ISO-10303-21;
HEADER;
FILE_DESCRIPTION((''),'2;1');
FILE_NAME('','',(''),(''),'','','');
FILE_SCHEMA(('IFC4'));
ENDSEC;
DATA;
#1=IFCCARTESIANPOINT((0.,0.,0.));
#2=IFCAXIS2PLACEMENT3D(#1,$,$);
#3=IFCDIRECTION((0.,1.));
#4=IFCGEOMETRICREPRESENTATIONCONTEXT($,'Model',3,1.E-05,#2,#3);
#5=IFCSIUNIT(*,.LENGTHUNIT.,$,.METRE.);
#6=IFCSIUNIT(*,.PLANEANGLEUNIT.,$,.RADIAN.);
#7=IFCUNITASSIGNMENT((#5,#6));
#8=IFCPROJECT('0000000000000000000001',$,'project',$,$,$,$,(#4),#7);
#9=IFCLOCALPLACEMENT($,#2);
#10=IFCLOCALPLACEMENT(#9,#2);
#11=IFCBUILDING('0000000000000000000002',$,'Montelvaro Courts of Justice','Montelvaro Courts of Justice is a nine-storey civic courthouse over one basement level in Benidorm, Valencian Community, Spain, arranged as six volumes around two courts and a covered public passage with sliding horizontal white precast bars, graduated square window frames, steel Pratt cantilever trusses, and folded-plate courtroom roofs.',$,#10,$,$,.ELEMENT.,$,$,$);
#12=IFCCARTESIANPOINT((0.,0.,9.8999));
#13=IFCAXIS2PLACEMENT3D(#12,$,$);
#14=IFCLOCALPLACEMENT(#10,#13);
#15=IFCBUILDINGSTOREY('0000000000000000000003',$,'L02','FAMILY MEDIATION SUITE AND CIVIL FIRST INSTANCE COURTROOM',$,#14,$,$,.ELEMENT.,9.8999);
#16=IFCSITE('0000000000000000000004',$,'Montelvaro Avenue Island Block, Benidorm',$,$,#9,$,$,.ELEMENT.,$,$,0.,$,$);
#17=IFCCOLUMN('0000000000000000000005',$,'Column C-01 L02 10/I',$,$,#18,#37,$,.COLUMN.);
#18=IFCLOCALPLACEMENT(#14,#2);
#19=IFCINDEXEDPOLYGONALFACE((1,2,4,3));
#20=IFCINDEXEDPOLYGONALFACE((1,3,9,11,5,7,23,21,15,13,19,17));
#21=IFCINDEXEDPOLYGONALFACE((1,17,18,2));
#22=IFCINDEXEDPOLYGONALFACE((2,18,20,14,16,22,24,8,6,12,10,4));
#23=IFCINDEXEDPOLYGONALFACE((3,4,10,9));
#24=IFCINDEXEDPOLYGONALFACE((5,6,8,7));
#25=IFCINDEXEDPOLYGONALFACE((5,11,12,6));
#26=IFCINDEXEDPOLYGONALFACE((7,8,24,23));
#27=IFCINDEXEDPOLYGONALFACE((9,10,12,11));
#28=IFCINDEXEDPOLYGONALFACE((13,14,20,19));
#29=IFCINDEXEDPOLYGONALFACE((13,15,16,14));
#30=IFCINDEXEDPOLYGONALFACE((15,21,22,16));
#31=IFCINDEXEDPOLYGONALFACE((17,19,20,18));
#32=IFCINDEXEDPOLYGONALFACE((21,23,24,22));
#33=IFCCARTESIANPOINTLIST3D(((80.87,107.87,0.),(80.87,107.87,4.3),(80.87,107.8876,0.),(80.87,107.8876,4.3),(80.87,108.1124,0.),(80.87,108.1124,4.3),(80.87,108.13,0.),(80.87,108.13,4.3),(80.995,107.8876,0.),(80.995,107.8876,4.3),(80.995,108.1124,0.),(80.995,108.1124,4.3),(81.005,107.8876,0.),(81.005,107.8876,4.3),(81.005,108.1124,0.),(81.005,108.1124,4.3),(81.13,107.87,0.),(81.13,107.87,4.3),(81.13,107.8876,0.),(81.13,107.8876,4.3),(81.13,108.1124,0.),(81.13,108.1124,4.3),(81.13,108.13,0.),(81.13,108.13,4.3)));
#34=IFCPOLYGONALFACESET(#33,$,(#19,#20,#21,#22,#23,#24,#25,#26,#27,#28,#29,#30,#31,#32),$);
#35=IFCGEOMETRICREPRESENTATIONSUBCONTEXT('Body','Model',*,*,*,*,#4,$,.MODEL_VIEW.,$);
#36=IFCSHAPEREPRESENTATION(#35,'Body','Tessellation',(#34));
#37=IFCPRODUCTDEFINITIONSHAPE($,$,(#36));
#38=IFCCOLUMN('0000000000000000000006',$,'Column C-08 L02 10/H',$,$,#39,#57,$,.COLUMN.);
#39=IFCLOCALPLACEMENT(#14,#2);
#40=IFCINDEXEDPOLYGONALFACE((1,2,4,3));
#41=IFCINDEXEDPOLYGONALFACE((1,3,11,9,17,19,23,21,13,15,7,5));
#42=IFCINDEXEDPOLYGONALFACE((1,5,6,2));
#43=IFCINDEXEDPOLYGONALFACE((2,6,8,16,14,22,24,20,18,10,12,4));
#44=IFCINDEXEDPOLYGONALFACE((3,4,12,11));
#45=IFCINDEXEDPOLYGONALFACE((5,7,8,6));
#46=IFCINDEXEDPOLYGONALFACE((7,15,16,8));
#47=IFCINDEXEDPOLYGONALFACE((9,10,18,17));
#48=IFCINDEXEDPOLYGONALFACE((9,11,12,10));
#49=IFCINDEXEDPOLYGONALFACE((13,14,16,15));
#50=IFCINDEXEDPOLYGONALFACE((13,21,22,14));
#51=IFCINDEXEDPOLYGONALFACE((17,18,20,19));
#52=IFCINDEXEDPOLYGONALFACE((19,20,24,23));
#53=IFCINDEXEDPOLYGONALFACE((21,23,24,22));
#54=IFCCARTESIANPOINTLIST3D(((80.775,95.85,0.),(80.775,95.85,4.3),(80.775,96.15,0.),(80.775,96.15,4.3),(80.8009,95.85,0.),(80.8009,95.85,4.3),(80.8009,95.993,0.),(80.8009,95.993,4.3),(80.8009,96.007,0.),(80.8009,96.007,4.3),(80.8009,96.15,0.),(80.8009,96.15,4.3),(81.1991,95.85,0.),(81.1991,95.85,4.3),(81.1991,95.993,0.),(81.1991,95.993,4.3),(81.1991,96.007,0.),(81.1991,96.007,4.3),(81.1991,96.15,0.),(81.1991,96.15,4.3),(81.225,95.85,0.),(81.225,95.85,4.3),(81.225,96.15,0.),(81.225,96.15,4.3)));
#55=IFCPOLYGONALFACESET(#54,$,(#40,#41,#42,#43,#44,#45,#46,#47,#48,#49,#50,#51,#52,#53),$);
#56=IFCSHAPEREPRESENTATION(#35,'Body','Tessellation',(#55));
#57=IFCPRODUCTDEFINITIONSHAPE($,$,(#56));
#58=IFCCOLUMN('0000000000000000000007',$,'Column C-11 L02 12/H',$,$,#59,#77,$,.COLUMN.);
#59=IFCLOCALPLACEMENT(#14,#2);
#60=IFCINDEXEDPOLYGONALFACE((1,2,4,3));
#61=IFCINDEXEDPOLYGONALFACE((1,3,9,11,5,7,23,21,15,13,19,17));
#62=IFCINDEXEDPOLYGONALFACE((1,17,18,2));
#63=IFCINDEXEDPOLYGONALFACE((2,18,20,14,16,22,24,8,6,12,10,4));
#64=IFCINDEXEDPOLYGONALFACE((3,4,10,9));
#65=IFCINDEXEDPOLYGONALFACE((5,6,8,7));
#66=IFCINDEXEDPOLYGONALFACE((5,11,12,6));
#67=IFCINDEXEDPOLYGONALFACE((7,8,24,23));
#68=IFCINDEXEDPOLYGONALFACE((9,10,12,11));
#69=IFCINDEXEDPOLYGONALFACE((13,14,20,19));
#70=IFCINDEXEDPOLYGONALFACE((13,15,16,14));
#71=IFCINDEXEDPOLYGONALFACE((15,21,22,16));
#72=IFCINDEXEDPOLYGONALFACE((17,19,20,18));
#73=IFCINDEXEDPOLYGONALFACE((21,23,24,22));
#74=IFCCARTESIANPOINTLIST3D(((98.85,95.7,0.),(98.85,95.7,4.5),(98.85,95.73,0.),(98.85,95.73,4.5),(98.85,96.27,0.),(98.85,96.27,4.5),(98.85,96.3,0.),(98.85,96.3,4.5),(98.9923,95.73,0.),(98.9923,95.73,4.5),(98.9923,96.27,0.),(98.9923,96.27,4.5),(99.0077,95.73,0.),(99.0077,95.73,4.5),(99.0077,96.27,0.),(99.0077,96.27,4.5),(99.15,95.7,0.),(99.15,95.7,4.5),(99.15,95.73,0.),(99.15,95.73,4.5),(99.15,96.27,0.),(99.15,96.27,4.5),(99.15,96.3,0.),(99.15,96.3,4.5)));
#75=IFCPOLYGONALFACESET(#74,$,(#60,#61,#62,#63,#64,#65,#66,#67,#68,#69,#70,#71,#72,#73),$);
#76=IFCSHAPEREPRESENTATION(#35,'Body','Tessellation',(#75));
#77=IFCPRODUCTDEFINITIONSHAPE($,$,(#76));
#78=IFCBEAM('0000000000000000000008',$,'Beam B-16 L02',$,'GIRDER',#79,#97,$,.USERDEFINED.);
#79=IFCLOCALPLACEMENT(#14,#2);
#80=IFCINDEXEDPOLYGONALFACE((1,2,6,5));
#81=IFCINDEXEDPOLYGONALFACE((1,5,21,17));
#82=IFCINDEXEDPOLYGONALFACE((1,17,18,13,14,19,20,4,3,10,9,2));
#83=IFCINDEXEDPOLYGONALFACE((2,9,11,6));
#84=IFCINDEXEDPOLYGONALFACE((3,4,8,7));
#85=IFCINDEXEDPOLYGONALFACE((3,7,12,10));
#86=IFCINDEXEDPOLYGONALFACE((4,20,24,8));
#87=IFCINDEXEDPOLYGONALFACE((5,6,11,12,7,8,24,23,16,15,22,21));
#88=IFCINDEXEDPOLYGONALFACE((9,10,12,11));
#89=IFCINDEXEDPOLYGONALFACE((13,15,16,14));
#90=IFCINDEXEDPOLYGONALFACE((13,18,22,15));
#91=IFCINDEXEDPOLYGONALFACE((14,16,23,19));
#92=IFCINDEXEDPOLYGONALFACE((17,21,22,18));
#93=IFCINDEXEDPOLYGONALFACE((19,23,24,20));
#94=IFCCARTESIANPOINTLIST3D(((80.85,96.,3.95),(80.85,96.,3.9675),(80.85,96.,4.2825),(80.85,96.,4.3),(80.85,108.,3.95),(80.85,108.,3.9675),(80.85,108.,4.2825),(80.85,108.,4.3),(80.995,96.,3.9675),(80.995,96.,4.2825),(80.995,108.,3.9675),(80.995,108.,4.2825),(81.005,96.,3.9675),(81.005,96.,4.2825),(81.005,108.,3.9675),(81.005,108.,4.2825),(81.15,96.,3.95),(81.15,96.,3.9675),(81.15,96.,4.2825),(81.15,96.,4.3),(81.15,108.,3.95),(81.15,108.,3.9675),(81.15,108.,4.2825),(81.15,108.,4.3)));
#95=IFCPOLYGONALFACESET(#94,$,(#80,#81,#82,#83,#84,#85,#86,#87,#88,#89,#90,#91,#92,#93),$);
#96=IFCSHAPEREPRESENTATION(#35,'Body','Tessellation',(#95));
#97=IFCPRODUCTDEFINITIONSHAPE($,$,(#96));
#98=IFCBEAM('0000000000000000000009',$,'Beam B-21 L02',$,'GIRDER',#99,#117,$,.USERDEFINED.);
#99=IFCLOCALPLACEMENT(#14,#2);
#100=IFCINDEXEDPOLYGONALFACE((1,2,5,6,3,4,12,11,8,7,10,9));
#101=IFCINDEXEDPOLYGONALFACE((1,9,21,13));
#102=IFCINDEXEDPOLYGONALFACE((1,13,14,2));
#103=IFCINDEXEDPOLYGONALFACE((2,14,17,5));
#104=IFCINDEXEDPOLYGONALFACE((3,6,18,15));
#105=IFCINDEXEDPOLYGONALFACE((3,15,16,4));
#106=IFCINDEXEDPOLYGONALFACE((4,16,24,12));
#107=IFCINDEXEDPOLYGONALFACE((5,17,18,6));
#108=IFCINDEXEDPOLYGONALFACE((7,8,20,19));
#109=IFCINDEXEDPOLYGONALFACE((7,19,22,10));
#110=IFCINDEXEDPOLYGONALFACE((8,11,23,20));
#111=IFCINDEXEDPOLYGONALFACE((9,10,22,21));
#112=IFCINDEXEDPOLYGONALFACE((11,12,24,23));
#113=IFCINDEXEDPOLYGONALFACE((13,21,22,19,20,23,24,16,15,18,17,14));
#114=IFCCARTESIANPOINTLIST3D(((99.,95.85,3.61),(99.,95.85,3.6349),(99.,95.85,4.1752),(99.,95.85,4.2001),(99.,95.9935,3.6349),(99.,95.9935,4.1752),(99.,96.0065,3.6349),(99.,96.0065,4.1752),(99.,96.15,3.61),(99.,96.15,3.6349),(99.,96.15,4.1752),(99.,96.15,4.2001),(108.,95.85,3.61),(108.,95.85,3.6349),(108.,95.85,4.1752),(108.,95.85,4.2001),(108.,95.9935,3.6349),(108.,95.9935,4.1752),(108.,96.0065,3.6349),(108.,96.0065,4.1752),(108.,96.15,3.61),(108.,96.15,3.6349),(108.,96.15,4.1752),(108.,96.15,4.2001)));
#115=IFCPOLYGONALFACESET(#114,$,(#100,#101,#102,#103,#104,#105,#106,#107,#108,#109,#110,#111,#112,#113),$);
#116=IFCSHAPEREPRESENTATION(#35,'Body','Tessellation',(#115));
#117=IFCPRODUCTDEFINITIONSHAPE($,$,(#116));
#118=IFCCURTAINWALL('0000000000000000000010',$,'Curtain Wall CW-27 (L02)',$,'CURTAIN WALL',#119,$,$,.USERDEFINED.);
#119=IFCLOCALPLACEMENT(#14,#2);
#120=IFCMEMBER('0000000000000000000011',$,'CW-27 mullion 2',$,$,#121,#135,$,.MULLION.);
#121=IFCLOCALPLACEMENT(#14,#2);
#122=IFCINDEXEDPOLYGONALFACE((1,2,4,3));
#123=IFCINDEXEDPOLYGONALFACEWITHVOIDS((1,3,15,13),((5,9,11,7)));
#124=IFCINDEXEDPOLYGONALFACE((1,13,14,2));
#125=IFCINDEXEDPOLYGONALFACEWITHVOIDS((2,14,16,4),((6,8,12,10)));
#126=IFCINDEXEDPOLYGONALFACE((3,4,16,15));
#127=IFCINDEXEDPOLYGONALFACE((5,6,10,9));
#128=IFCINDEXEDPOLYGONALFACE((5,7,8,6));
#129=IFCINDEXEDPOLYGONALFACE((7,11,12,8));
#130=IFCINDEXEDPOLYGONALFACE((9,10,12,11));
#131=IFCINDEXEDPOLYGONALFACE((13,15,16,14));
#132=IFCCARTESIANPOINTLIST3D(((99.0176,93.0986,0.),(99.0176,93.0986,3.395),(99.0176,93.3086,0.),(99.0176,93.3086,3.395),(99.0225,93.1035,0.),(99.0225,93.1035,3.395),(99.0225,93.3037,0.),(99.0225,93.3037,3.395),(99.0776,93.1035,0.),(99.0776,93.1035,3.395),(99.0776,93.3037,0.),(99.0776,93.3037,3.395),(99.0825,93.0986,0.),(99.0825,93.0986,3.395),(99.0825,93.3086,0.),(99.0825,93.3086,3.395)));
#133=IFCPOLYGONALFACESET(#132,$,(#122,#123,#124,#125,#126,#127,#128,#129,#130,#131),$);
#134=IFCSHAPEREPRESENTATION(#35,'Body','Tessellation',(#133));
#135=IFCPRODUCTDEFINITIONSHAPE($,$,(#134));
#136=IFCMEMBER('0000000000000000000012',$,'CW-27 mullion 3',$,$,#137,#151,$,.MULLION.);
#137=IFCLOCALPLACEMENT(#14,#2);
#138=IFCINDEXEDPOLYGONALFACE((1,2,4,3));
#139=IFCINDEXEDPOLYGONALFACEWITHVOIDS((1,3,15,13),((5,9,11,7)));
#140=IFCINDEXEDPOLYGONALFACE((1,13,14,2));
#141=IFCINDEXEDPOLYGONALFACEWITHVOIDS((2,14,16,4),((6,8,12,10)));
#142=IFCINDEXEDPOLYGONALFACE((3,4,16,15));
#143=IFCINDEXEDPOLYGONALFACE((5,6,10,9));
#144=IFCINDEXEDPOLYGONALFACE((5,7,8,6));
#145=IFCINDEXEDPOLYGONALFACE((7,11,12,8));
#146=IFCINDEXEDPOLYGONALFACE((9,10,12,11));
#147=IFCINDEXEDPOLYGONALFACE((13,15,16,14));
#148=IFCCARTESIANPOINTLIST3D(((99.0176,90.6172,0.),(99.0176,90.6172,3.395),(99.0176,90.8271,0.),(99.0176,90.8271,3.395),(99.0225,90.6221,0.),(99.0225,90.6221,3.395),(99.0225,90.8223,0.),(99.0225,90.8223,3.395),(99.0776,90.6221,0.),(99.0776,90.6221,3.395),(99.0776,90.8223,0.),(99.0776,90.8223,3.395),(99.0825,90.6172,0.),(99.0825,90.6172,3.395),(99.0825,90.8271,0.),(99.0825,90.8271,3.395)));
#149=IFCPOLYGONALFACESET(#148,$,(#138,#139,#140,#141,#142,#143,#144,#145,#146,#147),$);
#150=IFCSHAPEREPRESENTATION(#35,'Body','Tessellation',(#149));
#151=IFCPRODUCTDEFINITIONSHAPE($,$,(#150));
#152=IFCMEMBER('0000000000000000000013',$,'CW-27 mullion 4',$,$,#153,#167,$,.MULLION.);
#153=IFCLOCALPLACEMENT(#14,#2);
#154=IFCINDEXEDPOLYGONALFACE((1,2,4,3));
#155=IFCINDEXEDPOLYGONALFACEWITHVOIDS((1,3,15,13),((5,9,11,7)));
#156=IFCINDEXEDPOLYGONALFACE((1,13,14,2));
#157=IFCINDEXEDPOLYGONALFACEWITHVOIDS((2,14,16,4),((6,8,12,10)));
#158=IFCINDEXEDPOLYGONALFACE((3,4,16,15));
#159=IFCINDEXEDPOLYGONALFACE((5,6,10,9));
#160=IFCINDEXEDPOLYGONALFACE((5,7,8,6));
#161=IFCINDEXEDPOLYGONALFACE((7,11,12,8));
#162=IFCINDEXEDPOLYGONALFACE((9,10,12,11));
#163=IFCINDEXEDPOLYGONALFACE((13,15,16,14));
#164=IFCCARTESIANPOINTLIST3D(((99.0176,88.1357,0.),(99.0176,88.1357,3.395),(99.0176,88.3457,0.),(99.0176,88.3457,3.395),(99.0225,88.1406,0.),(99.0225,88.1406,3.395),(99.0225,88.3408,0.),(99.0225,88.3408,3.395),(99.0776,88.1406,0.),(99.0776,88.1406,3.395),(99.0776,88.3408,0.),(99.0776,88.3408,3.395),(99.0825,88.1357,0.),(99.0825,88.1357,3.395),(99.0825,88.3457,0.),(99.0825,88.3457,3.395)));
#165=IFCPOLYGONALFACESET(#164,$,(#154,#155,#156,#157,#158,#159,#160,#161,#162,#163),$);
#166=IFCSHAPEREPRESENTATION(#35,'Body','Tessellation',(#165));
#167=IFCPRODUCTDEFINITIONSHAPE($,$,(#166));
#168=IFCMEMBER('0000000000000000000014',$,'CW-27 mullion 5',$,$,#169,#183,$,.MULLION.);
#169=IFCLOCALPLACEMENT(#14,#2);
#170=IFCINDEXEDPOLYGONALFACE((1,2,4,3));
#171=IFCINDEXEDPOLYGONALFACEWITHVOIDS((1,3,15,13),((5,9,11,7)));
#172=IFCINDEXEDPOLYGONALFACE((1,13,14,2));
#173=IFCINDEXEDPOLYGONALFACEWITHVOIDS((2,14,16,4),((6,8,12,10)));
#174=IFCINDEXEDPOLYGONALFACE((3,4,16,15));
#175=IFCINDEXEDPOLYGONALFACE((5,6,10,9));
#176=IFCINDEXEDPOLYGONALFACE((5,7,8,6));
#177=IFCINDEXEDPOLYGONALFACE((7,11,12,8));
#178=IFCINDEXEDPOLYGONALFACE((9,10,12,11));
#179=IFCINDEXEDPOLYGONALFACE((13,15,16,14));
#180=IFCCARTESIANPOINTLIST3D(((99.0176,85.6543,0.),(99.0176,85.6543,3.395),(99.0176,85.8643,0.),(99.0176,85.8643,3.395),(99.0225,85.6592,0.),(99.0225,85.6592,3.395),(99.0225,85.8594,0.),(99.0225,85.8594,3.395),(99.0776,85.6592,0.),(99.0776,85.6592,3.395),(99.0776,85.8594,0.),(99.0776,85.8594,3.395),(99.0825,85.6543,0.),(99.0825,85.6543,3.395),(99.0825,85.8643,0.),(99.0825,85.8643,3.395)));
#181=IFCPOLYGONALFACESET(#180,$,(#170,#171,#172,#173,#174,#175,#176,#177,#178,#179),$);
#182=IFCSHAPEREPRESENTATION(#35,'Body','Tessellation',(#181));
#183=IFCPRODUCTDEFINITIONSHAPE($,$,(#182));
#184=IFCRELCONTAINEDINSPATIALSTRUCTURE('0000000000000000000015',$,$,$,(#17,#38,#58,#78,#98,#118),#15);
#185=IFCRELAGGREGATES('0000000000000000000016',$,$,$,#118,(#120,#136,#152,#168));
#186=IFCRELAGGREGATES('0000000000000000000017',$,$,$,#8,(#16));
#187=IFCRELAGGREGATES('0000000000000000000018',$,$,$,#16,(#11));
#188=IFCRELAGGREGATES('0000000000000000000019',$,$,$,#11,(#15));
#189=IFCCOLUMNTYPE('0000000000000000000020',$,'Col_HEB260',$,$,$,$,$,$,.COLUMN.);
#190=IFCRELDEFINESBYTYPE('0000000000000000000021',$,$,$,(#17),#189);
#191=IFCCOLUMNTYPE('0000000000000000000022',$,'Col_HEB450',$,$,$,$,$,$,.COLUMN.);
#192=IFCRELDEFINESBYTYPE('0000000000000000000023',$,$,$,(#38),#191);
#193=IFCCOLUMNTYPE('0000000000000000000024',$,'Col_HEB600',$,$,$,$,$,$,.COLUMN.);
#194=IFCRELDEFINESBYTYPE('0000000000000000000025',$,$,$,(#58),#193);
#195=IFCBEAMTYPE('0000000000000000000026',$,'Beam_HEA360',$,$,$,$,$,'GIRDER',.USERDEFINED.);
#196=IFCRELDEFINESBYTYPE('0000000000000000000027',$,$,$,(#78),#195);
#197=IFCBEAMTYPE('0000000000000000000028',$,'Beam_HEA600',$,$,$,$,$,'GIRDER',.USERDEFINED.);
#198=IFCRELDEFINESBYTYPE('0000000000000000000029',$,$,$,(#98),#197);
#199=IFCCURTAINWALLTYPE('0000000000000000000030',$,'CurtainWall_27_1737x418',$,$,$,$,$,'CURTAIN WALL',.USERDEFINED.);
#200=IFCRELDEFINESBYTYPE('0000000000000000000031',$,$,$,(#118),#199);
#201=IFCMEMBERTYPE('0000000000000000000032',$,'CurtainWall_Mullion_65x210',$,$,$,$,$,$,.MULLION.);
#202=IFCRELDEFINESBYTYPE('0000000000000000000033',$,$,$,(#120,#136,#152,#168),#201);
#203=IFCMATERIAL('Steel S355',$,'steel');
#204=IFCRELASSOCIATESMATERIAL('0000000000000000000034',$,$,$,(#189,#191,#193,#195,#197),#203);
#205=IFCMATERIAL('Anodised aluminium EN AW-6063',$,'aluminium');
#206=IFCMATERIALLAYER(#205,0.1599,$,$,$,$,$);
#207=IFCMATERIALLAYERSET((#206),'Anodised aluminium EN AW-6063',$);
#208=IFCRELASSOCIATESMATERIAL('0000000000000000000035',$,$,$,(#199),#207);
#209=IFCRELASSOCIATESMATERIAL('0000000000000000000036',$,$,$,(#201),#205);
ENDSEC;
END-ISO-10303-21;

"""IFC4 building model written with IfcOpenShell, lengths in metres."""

from ifc_helpers import new_model, si_unit, direction, frame, origin, origin_2d, place, context, subcontext, project, spatial, hollow_rectangle, i_section, extrude, material, layer, layer_set, material_profile, profile_set, type_object, element, aggregate, save


model = new_model("IFC4")

# Units and contexts
model_context = context("Model", 3, precision=1e-05, world=origin(), true_north=direction((0.0, 1.0)))
body_context = subcontext(model_context, "Body", "Model", "MODEL_VIEW")
ifc_project = project(units=[si_unit("LENGTHUNIT", "METRE"), si_unit("PLANEANGLEUNIT", "RADIAN")], contexts=[model_context])

# Site, building, storey
site_placement = place(None, origin())
site = spatial("IfcSite", under=ifc_project, at=site_placement, Name="Montelvaro Avenue Island Block, Benidorm", CompositionType="ELEMENT", RefElevation=0.0)
building_placement = place(site_placement, origin())
building = spatial("IfcBuilding", under=site, at=building_placement, Name="Montelvaro Courts of Justice", Description="Montelvaro Courts of Justice is a nine-storey civic courthouse over one basement level in Benidorm, Valencian Community, Spain, arranged as six volumes around two courts and a covered public passage with sliding horizontal white precast bars, graduated square window frames, steel Pratt cantilever trusses, and folded-plate courtroom roofs.", CompositionType="ELEMENT")
storey_placement = place(building_placement, frame((0.0, 0.0, 9.8999)))
storey = spatial("IfcBuildingStorey", under=building, at=storey_placement, Name="L02", Description="FAMILY MEDIATION SUITE AND CIVIL FIRST INSTANCE COURTROOM", CompositionType="ELEMENT", Elevation=9.8999)

# Columns
ifc_material_1 = material(Name="Steel S355", Category="steel")
ifc_material_profile_1 = material_profile(ifc_material_1, i_section(OverallWidth=0.26, OverallDepth=0.26, WebThickness=0.01, FlangeThickness=0.0176, at=origin_2d()), Name="HEB 260")
ifc_profile_set_1 = profile_set([ifc_material_profile_1], Name="Steel S355")
column_type_1 = type_object("IfcColumnType", Name="Col_HEB260", PredefinedType="COLUMN", material=ifc_profile_set_1)
column_1_placement = place(storey_placement, frame((81.0, 108.0, 0.0), z_axis=(0.0, 0.0, 1.0), x_axis=(1.0, 0.0, 0.0)))
element("IfcColumn", 1, at=column_1_placement, inside=storey, type_object=column_type_1, Name="Column C-01 L02 10/I", PredefinedType="COLUMN", context=body_context, shape_type="SweptSolid", body=[
    extrude(i_section(OverallWidth=0.26, OverallDepth=0.26, WebThickness=0.01, FlangeThickness=0.0176, at=origin_2d()), origin(), (0.0, 0.0, 1.0), 4.3),
])
ifc_material_profile_2 = material_profile(ifc_material_1, i_section(OverallWidth=0.3, OverallDepth=0.45, WebThickness=0.0139, FlangeThickness=0.0259, at=origin_2d()), Name="HEB 450")
ifc_profile_set_2 = profile_set([ifc_material_profile_2], Name="Steel S355")
column_type_2 = type_object("IfcColumnType", Name="Col_HEB450", PredefinedType="COLUMN", material=ifc_profile_set_2)
column_2_placement = place(storey_placement, frame((81.0, 96.0, 0.0), z_axis=(0.0, 0.0, 1.0), x_axis=(0.0, 1.0, 0.0)))
element("IfcColumn", 2, at=column_2_placement, inside=storey, type_object=column_type_2, Name="Column C-08 L02 10/H", PredefinedType="COLUMN", context=body_context, shape_type="SweptSolid", body=[
    extrude(i_section(OverallWidth=0.3, OverallDepth=0.45, WebThickness=0.0139, FlangeThickness=0.0259, at=origin_2d()), origin(), (0.0, 0.0, 1.0), 4.3),
])
ifc_material_profile_3 = material_profile(ifc_material_1, i_section(OverallWidth=0.3, OverallDepth=0.6001, WebThickness=0.0154, FlangeThickness=0.03, at=origin_2d()), Name="HEB 600")
ifc_profile_set_3 = profile_set([ifc_material_profile_3], Name="Steel S355")
column_type_3 = type_object("IfcColumnType", Name="Col_HEB600", PredefinedType="COLUMN", material=ifc_profile_set_3)
column_3_placement = place(storey_placement, frame((99.0, 96.0, 0.0), z_axis=(0.0, 0.0, 1.0), x_axis=(1.0, 0.0, 0.0)))
element("IfcColumn", 3, at=column_3_placement, inside=storey, type_object=column_type_3, Name="Column C-11 L02 12/H", PredefinedType="COLUMN", context=body_context, shape_type="SweptSolid", body=[
    extrude(i_section(OverallWidth=0.3, OverallDepth=0.6001, WebThickness=0.0154, FlangeThickness=0.03, at=origin_2d()), origin(), (0.0, 0.0, 1.0), 4.5),
])

# Beams
ifc_material_profile_4 = material_profile(ifc_material_1, i_section(OverallWidth=0.3, OverallDepth=0.3501, WebThickness=0.01, FlangeThickness=0.0176, at=origin_2d()), Name="HEA 360")
ifc_profile_set_4 = profile_set([ifc_material_profile_4], Name="Steel S355")
beam_type_1 = type_object("IfcBeamType", Name="Beam_HEA360", ElementType="GIRDER", PredefinedType="USERDEFINED", material=ifc_profile_set_4)
beam_1_placement = place(storey_placement, frame((81.0, 96.0, 4.125), z_axis=(0.0, 1.0, 0.0), x_axis=(-1.0, 0.0, 0.0)))
element("IfcBeam", 4, at=beam_1_placement, inside=storey, type_object=beam_type_1, Name="Beam B-16 L02", ObjectType="GIRDER", PredefinedType="USERDEFINED", context=body_context, shape_type="SweptSolid", body=[
    extrude(i_section(OverallWidth=0.3, OverallDepth=0.3501, WebThickness=0.01, FlangeThickness=0.0176, at=origin_2d()), origin(), (0.0, 0.0, 1.0), 12.0),
])
ifc_material_profile_5 = material_profile(ifc_material_1, i_section(OverallWidth=0.3, OverallDepth=0.5901, WebThickness=0.0129, FlangeThickness=0.0249, at=origin_2d()), Name="HEA 600")
ifc_profile_set_5 = profile_set([ifc_material_profile_5], Name="Steel S355")
beam_type_2 = type_object("IfcBeamType", Name="Beam_HEA600", ElementType="GIRDER", PredefinedType="USERDEFINED", material=ifc_profile_set_5)
beam_2_placement = place(storey_placement, frame((99.0, 96.0, 3.905), z_axis=(1.0, 0.0, 0.0), x_axis=(0.0, 1.0, 0.0)))
element("IfcBeam", 5, at=beam_2_placement, inside=storey, type_object=beam_type_2, Name="Beam B-21 L02", ObjectType="GIRDER", PredefinedType="USERDEFINED", context=body_context, shape_type="SweptSolid", body=[
    extrude(i_section(OverallWidth=0.3, OverallDepth=0.5901, WebThickness=0.0129, FlangeThickness=0.0249, at=origin_2d()), origin(), (0.0, 0.0, 1.0), 9.0),
])

# Curtain wall, members
ifc_material_2 = material(Name="Anodised aluminium EN AW-6063", Category="aluminium")
ifc_layer_1 = layer(ifc_material_2, 0.1599)
ifc_layer_set_1 = layer_set([ifc_layer_1], Name="Anodised aluminium EN AW-6063")
curtain_wall_type = type_object("IfcCurtainWallType", Name="CurtainWall_27_1737x418", ElementType="CURTAIN WALL", PredefinedType="USERDEFINED", material=ifc_layer_set_1)
curtain_wall_placement = place(storey_placement, origin())
curtain_wall = element("IfcCurtainWall", 6, at=curtain_wall_placement, inside=storey, type_object=curtain_wall_type, Name="Curtain Wall CW-27 (L02)", ObjectType="CURTAIN WALL", PredefinedType="USERDEFINED")
ifc_material_profile_6 = material_profile(ifc_material_2, hollow_rectangle(XDim=0.0649, YDim=0.21, WallThickness=0.0049, at=origin_2d()), Name="ALU-M 65x210")
ifc_profile_set_6 = profile_set([ifc_material_profile_6], Name="Anodised aluminium EN AW-6063")
member_type_1 = type_object("IfcMemberType", Name="CurtainWall_Mullion_65x210", PredefinedType="MULLION", material=ifc_profile_set_6)
member_1_placement = place(storey_placement, frame((99.05, 93.2036, 0.0), z_axis=(0.0, 0.0, 1.0), x_axis=(1.0, 0.0, 0.0)))
member_1 = element("IfcMember", 7, at=member_1_placement, type_object=member_type_1, Name="CW-27 mullion 2", PredefinedType="MULLION", context=body_context, shape_type="SweptSolid", body=[
    extrude(hollow_rectangle(XDim=0.0649, YDim=0.21, WallThickness=0.0049, at=origin_2d()), origin(), (0.0, 0.0, 1.0), 3.395),
])
member_2_placement = place(storey_placement, frame((99.05, 90.7222, 0.0), z_axis=(0.0, 0.0, 1.0), x_axis=(1.0, 0.0, 0.0)))
member_2 = element("IfcMember", 8, at=member_2_placement, type_object=member_type_1, Name="CW-27 mullion 3", PredefinedType="MULLION", context=body_context, shape_type="SweptSolid", body=[
    extrude(hollow_rectangle(XDim=0.0649, YDim=0.21, WallThickness=0.0049, at=origin_2d()), origin(), (0.0, 0.0, 1.0), 3.395),
])
member_3_placement = place(storey_placement, frame((99.05, 88.2407, 0.0), z_axis=(0.0, 0.0, 1.0), x_axis=(1.0, 0.0, 0.0)))
member_3 = element("IfcMember", 9, at=member_3_placement, type_object=member_type_1, Name="CW-27 mullion 4", PredefinedType="MULLION", context=body_context, shape_type="SweptSolid", body=[
    extrude(hollow_rectangle(XDim=0.0649, YDim=0.21, WallThickness=0.0049, at=origin_2d()), origin(), (0.0, 0.0, 1.0), 3.395),
])
member_4_placement = place(storey_placement, frame((99.05, 85.7593, 0.0), z_axis=(0.0, 0.0, 1.0), x_axis=(1.0, 0.0, 0.0)))
member_4 = element("IfcMember", 10, at=member_4_placement, type_object=member_type_1, Name="CW-27 mullion 5", PredefinedType="MULLION", context=body_context, shape_type="SweptSolid", body=[
    extrude(hollow_rectangle(XDim=0.0649, YDim=0.21, WallThickness=0.0049, at=origin_2d()), origin(), (0.0, 0.0, 1.0), 3.395),
])
aggregate(curtain_wall, [member_1, member_2, member_3, member_4])

save(model, "model.ifc")
